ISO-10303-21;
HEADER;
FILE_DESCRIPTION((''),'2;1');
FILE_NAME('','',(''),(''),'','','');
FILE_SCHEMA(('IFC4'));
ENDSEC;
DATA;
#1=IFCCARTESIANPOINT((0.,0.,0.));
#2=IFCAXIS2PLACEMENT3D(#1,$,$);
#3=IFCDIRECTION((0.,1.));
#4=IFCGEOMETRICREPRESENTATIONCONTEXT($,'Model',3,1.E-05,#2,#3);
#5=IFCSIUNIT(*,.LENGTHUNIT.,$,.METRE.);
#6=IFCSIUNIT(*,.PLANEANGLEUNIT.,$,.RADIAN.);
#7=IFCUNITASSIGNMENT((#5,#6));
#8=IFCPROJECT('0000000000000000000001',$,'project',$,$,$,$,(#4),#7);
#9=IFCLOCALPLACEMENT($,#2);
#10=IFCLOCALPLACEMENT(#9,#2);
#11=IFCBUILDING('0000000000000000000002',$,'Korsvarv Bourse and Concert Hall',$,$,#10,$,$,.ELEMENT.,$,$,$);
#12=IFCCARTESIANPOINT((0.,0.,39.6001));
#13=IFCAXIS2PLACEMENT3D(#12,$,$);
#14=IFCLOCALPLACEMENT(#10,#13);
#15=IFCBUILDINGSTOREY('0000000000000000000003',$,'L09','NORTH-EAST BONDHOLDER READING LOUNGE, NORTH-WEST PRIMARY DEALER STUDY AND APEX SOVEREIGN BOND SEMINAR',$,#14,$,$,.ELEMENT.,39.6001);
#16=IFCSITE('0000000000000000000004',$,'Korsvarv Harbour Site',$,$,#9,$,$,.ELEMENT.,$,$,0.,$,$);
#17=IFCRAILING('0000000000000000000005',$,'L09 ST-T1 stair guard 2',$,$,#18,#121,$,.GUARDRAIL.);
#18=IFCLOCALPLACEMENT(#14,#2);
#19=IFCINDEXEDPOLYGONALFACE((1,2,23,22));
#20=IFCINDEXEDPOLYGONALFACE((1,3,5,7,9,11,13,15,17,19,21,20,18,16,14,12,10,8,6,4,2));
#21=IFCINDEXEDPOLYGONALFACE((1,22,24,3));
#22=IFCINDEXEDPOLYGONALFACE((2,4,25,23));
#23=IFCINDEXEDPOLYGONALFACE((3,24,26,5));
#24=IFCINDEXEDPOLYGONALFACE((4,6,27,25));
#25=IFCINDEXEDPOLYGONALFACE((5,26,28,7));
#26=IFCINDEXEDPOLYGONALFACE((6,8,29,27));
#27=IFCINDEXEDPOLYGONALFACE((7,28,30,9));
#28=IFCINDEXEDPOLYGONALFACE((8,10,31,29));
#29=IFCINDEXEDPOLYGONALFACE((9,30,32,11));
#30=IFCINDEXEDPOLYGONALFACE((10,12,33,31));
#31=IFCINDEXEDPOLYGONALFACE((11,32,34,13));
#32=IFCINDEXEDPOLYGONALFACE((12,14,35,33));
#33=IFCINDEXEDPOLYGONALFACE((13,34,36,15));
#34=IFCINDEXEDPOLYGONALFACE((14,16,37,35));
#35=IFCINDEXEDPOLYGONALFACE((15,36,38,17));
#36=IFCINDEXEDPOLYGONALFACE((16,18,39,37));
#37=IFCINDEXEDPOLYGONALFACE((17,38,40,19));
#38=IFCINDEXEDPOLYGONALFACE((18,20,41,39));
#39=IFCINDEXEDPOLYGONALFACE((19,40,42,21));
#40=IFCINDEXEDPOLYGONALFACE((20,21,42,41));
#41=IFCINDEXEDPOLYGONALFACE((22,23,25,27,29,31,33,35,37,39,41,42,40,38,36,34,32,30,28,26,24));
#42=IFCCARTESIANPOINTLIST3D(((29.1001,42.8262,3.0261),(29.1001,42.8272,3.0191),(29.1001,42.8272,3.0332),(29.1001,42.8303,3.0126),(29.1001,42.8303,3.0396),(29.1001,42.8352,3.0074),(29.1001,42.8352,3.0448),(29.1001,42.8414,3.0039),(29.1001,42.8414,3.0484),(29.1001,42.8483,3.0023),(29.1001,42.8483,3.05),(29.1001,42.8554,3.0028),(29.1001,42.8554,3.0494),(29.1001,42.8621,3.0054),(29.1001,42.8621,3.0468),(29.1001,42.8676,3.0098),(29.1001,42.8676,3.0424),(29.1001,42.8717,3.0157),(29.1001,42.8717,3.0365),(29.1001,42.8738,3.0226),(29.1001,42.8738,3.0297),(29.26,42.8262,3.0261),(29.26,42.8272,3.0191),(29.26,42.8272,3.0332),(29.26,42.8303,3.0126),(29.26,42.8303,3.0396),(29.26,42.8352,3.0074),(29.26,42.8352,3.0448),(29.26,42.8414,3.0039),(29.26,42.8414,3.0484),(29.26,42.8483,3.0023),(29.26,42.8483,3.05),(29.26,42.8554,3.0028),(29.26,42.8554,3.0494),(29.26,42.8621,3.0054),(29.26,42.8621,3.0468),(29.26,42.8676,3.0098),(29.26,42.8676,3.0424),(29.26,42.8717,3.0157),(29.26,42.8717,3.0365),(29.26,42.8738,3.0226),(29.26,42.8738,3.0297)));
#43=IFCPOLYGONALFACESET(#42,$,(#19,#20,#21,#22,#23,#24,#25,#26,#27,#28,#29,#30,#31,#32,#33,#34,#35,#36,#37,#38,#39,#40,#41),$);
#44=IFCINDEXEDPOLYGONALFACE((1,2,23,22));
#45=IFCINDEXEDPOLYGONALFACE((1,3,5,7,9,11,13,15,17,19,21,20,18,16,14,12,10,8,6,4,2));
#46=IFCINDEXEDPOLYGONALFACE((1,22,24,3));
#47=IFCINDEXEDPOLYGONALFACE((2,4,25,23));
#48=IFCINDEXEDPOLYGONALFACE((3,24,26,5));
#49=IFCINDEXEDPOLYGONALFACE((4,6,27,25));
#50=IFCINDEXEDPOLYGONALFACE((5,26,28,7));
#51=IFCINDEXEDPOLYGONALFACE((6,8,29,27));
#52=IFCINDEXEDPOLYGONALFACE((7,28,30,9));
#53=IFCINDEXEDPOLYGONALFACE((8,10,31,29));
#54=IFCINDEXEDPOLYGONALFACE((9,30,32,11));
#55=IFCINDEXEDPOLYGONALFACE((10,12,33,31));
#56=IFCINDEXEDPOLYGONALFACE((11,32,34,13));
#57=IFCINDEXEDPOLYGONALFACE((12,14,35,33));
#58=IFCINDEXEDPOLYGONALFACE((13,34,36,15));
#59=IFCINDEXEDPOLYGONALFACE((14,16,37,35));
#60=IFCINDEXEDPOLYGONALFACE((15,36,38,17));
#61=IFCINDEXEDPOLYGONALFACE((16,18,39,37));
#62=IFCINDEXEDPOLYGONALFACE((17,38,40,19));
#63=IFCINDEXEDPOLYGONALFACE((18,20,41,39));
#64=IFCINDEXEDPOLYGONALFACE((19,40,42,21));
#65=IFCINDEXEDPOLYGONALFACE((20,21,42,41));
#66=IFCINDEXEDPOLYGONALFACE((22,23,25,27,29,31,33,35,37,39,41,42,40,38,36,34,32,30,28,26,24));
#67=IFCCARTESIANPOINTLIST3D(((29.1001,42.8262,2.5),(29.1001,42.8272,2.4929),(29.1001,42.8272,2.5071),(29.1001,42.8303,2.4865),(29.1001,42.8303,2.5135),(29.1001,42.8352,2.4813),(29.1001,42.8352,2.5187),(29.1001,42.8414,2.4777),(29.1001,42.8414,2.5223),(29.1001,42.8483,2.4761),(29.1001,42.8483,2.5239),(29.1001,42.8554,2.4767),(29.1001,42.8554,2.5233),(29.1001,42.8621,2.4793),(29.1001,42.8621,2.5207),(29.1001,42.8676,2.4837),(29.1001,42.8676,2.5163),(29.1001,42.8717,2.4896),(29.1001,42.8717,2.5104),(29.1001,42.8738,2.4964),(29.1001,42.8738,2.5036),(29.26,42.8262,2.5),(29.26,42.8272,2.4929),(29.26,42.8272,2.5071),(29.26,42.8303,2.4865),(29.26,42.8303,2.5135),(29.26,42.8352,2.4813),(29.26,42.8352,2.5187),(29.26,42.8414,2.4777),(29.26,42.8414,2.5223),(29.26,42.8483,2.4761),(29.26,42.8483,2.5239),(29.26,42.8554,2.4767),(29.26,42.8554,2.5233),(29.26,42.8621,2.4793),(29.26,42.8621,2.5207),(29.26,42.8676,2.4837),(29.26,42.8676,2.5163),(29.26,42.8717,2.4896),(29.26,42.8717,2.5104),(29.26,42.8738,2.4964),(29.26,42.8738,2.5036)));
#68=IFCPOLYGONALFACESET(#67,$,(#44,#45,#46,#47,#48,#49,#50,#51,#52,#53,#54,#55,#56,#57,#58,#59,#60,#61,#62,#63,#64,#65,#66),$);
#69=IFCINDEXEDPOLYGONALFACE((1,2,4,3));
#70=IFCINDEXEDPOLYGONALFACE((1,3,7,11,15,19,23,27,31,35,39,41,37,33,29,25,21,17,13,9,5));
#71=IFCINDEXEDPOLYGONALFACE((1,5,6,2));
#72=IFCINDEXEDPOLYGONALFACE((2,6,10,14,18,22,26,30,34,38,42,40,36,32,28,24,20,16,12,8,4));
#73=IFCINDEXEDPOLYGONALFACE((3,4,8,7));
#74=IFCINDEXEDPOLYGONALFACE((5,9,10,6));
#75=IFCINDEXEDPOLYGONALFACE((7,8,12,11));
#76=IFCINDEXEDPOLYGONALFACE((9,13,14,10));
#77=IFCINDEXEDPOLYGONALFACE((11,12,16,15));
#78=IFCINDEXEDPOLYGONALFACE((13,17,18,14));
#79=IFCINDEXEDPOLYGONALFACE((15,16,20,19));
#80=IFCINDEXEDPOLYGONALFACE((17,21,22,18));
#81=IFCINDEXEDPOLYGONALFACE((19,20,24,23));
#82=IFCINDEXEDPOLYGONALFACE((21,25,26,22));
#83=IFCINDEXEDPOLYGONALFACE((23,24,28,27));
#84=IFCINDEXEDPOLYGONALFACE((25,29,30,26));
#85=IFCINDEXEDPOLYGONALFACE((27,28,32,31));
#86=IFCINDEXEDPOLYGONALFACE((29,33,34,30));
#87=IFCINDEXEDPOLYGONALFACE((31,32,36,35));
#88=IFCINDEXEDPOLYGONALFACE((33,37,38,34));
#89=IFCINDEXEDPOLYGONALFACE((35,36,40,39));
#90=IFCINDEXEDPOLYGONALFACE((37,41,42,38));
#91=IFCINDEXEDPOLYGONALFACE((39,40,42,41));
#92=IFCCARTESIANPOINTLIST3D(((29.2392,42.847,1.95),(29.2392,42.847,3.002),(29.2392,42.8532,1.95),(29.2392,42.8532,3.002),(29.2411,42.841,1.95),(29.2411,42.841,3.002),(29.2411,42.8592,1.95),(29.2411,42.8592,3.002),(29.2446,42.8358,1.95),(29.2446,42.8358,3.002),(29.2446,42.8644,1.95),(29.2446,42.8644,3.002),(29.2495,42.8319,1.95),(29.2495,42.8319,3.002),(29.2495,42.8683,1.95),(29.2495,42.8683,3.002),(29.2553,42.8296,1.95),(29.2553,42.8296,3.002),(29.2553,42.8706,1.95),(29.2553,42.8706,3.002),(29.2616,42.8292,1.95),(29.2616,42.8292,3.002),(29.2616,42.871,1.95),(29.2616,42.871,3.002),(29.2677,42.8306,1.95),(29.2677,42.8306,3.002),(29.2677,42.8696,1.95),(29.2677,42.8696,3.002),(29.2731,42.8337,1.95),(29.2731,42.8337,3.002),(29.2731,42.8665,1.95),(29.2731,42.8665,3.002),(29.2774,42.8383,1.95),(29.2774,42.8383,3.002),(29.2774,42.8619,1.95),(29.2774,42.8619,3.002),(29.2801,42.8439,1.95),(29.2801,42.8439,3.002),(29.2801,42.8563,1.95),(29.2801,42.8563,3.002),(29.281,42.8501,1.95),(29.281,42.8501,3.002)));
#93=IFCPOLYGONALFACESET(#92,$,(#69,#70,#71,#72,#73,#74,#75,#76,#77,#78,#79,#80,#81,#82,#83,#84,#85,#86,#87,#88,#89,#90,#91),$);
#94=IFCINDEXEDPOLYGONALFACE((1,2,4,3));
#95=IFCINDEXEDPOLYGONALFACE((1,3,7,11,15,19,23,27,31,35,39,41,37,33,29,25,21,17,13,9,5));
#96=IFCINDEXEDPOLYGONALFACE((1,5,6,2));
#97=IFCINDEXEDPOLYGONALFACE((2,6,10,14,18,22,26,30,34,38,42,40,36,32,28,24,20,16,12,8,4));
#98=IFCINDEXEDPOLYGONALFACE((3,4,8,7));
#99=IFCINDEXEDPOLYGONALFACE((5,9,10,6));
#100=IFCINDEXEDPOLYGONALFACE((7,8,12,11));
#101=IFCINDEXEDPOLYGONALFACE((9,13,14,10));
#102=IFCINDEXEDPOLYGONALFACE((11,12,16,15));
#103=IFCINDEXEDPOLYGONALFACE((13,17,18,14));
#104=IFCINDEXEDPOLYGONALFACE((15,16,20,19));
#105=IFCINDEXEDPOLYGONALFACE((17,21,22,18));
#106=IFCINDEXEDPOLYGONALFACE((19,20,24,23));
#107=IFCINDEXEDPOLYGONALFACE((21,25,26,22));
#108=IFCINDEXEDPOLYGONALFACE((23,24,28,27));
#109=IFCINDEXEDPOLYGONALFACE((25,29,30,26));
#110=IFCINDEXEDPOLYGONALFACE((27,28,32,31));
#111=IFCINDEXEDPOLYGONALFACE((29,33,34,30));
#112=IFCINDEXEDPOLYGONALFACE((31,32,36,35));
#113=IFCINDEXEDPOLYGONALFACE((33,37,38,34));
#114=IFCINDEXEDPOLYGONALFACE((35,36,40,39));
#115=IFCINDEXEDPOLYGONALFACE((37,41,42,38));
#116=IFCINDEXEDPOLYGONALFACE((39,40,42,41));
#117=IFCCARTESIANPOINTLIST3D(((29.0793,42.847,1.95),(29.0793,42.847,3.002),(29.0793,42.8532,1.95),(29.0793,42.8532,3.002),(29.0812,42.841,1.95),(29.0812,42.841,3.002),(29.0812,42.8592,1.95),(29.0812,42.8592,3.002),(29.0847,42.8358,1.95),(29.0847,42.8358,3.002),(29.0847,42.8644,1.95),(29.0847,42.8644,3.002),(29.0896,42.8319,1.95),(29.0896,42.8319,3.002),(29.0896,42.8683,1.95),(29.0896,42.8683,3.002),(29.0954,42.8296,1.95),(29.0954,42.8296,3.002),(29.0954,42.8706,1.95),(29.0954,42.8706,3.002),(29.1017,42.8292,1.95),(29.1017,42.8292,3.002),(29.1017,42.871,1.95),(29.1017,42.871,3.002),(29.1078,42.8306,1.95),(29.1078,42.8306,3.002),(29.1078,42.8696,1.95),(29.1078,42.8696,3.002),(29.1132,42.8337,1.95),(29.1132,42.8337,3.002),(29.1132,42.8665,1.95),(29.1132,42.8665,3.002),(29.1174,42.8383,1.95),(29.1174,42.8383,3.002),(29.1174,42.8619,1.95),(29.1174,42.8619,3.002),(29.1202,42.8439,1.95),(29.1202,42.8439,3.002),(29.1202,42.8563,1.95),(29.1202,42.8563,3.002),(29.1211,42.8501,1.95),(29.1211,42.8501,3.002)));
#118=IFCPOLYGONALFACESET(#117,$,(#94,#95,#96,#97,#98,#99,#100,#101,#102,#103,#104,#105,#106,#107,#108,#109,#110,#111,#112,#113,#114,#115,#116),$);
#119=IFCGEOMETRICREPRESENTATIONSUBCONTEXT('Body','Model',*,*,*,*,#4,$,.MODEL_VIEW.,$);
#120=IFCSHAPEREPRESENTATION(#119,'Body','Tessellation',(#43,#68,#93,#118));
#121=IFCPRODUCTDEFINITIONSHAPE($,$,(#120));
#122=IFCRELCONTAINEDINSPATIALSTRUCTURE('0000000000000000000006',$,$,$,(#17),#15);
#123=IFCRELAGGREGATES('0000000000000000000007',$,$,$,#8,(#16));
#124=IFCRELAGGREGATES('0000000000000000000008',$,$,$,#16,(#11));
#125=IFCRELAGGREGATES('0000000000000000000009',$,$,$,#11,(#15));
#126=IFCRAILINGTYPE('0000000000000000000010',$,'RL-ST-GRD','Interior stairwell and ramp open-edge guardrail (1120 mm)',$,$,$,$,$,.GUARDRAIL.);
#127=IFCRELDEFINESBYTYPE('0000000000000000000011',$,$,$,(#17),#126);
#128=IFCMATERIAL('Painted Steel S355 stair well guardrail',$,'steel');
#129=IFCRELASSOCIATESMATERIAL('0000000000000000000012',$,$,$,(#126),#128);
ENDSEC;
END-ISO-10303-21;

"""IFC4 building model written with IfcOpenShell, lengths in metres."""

from ifc_helpers import new_model, si_unit, direction, frame, origin, origin_2d, place, context, subcontext, project, spatial, circle, extrude, material, type_object, element, save


model = new_model("IFC4")

# Units and contexts
model_context = context("Model", 3, precision=1e-05, world=origin(), true_north=direction((0.0, 1.0)))
body_context = subcontext(model_context, "Body", "Model", "MODEL_VIEW")
ifc_project = project(units=[si_unit("LENGTHUNIT", "METRE"), si_unit("PLANEANGLEUNIT", "RADIAN")], contexts=[model_context])

# Site, building, storey
site_placement = place(None, origin())
site = spatial("IfcSite", under=ifc_project, at=site_placement, Name="Korsvarv Harbour Site", CompositionType="ELEMENT", RefElevation=0.0)
building_placement = place(site_placement, origin())
building = spatial("IfcBuilding", under=site, at=building_placement, Name="Korsvarv Bourse and Concert Hall", CompositionType="ELEMENT")
storey_placement = place(building_placement, frame((0.0, 0.0, 39.6001)))
storey = spatial("IfcBuildingStorey", under=building, at=storey_placement, Name="L09", Description="NORTH-EAST BONDHOLDER READING LOUNGE, NORTH-WEST PRIMARY DEALER STUDY AND APEX SOVEREIGN BOND SEMINAR", CompositionType="ELEMENT", Elevation=39.6001)

# Railing
ifc_material_1 = material(Name="Painted Steel S355 stair well guardrail", Category="steel")
railing_type_1 = type_object("IfcRailingType", Name="RL-ST-GRD", Description="Interior stairwell and ramp open-edge guardrail (1120 mm)", PredefinedType="GUARDRAIL", material=ifc_material_1)
railing_1_placement = place(storey_placement, frame((29.26, 42.8501, 1.95)))
element("IfcRailing", 1, at=railing_1_placement, inside=storey, type_object=railing_type_1, Name="L09 ST-T1 stair guard 2", PredefinedType="GUARDRAIL", context=body_context, shape_type="SweptSolid", body=[
    extrude(circle(Radius=0.0239, at=origin_2d()), frame((0.0, 0.0, 1.0762), z_axis=(-1.0, 0.0, 0.0), x_axis=(0.0, -1.0, 0.0)), (0.0, 0.0, 1.0), 0.1599),
    extrude(circle(Radius=0.0239, at=origin_2d()), frame((0.0, 0.0, 0.55), z_axis=(-1.0, 0.0, 0.0), x_axis=(0.0, -1.0, 0.0)), (0.0, 0.0, 1.0), 0.1599),
    extrude(circle(Radius=0.021, at=origin_2d()), origin(), (0.0, 0.0, 1.0), 1.052),
    extrude(circle(Radius=0.021, at=origin_2d()), frame((-0.1599, 0.0, 0.0)), (0.0, 0.0, 1.0), 1.052),
])

save(model, "model.ifc")
